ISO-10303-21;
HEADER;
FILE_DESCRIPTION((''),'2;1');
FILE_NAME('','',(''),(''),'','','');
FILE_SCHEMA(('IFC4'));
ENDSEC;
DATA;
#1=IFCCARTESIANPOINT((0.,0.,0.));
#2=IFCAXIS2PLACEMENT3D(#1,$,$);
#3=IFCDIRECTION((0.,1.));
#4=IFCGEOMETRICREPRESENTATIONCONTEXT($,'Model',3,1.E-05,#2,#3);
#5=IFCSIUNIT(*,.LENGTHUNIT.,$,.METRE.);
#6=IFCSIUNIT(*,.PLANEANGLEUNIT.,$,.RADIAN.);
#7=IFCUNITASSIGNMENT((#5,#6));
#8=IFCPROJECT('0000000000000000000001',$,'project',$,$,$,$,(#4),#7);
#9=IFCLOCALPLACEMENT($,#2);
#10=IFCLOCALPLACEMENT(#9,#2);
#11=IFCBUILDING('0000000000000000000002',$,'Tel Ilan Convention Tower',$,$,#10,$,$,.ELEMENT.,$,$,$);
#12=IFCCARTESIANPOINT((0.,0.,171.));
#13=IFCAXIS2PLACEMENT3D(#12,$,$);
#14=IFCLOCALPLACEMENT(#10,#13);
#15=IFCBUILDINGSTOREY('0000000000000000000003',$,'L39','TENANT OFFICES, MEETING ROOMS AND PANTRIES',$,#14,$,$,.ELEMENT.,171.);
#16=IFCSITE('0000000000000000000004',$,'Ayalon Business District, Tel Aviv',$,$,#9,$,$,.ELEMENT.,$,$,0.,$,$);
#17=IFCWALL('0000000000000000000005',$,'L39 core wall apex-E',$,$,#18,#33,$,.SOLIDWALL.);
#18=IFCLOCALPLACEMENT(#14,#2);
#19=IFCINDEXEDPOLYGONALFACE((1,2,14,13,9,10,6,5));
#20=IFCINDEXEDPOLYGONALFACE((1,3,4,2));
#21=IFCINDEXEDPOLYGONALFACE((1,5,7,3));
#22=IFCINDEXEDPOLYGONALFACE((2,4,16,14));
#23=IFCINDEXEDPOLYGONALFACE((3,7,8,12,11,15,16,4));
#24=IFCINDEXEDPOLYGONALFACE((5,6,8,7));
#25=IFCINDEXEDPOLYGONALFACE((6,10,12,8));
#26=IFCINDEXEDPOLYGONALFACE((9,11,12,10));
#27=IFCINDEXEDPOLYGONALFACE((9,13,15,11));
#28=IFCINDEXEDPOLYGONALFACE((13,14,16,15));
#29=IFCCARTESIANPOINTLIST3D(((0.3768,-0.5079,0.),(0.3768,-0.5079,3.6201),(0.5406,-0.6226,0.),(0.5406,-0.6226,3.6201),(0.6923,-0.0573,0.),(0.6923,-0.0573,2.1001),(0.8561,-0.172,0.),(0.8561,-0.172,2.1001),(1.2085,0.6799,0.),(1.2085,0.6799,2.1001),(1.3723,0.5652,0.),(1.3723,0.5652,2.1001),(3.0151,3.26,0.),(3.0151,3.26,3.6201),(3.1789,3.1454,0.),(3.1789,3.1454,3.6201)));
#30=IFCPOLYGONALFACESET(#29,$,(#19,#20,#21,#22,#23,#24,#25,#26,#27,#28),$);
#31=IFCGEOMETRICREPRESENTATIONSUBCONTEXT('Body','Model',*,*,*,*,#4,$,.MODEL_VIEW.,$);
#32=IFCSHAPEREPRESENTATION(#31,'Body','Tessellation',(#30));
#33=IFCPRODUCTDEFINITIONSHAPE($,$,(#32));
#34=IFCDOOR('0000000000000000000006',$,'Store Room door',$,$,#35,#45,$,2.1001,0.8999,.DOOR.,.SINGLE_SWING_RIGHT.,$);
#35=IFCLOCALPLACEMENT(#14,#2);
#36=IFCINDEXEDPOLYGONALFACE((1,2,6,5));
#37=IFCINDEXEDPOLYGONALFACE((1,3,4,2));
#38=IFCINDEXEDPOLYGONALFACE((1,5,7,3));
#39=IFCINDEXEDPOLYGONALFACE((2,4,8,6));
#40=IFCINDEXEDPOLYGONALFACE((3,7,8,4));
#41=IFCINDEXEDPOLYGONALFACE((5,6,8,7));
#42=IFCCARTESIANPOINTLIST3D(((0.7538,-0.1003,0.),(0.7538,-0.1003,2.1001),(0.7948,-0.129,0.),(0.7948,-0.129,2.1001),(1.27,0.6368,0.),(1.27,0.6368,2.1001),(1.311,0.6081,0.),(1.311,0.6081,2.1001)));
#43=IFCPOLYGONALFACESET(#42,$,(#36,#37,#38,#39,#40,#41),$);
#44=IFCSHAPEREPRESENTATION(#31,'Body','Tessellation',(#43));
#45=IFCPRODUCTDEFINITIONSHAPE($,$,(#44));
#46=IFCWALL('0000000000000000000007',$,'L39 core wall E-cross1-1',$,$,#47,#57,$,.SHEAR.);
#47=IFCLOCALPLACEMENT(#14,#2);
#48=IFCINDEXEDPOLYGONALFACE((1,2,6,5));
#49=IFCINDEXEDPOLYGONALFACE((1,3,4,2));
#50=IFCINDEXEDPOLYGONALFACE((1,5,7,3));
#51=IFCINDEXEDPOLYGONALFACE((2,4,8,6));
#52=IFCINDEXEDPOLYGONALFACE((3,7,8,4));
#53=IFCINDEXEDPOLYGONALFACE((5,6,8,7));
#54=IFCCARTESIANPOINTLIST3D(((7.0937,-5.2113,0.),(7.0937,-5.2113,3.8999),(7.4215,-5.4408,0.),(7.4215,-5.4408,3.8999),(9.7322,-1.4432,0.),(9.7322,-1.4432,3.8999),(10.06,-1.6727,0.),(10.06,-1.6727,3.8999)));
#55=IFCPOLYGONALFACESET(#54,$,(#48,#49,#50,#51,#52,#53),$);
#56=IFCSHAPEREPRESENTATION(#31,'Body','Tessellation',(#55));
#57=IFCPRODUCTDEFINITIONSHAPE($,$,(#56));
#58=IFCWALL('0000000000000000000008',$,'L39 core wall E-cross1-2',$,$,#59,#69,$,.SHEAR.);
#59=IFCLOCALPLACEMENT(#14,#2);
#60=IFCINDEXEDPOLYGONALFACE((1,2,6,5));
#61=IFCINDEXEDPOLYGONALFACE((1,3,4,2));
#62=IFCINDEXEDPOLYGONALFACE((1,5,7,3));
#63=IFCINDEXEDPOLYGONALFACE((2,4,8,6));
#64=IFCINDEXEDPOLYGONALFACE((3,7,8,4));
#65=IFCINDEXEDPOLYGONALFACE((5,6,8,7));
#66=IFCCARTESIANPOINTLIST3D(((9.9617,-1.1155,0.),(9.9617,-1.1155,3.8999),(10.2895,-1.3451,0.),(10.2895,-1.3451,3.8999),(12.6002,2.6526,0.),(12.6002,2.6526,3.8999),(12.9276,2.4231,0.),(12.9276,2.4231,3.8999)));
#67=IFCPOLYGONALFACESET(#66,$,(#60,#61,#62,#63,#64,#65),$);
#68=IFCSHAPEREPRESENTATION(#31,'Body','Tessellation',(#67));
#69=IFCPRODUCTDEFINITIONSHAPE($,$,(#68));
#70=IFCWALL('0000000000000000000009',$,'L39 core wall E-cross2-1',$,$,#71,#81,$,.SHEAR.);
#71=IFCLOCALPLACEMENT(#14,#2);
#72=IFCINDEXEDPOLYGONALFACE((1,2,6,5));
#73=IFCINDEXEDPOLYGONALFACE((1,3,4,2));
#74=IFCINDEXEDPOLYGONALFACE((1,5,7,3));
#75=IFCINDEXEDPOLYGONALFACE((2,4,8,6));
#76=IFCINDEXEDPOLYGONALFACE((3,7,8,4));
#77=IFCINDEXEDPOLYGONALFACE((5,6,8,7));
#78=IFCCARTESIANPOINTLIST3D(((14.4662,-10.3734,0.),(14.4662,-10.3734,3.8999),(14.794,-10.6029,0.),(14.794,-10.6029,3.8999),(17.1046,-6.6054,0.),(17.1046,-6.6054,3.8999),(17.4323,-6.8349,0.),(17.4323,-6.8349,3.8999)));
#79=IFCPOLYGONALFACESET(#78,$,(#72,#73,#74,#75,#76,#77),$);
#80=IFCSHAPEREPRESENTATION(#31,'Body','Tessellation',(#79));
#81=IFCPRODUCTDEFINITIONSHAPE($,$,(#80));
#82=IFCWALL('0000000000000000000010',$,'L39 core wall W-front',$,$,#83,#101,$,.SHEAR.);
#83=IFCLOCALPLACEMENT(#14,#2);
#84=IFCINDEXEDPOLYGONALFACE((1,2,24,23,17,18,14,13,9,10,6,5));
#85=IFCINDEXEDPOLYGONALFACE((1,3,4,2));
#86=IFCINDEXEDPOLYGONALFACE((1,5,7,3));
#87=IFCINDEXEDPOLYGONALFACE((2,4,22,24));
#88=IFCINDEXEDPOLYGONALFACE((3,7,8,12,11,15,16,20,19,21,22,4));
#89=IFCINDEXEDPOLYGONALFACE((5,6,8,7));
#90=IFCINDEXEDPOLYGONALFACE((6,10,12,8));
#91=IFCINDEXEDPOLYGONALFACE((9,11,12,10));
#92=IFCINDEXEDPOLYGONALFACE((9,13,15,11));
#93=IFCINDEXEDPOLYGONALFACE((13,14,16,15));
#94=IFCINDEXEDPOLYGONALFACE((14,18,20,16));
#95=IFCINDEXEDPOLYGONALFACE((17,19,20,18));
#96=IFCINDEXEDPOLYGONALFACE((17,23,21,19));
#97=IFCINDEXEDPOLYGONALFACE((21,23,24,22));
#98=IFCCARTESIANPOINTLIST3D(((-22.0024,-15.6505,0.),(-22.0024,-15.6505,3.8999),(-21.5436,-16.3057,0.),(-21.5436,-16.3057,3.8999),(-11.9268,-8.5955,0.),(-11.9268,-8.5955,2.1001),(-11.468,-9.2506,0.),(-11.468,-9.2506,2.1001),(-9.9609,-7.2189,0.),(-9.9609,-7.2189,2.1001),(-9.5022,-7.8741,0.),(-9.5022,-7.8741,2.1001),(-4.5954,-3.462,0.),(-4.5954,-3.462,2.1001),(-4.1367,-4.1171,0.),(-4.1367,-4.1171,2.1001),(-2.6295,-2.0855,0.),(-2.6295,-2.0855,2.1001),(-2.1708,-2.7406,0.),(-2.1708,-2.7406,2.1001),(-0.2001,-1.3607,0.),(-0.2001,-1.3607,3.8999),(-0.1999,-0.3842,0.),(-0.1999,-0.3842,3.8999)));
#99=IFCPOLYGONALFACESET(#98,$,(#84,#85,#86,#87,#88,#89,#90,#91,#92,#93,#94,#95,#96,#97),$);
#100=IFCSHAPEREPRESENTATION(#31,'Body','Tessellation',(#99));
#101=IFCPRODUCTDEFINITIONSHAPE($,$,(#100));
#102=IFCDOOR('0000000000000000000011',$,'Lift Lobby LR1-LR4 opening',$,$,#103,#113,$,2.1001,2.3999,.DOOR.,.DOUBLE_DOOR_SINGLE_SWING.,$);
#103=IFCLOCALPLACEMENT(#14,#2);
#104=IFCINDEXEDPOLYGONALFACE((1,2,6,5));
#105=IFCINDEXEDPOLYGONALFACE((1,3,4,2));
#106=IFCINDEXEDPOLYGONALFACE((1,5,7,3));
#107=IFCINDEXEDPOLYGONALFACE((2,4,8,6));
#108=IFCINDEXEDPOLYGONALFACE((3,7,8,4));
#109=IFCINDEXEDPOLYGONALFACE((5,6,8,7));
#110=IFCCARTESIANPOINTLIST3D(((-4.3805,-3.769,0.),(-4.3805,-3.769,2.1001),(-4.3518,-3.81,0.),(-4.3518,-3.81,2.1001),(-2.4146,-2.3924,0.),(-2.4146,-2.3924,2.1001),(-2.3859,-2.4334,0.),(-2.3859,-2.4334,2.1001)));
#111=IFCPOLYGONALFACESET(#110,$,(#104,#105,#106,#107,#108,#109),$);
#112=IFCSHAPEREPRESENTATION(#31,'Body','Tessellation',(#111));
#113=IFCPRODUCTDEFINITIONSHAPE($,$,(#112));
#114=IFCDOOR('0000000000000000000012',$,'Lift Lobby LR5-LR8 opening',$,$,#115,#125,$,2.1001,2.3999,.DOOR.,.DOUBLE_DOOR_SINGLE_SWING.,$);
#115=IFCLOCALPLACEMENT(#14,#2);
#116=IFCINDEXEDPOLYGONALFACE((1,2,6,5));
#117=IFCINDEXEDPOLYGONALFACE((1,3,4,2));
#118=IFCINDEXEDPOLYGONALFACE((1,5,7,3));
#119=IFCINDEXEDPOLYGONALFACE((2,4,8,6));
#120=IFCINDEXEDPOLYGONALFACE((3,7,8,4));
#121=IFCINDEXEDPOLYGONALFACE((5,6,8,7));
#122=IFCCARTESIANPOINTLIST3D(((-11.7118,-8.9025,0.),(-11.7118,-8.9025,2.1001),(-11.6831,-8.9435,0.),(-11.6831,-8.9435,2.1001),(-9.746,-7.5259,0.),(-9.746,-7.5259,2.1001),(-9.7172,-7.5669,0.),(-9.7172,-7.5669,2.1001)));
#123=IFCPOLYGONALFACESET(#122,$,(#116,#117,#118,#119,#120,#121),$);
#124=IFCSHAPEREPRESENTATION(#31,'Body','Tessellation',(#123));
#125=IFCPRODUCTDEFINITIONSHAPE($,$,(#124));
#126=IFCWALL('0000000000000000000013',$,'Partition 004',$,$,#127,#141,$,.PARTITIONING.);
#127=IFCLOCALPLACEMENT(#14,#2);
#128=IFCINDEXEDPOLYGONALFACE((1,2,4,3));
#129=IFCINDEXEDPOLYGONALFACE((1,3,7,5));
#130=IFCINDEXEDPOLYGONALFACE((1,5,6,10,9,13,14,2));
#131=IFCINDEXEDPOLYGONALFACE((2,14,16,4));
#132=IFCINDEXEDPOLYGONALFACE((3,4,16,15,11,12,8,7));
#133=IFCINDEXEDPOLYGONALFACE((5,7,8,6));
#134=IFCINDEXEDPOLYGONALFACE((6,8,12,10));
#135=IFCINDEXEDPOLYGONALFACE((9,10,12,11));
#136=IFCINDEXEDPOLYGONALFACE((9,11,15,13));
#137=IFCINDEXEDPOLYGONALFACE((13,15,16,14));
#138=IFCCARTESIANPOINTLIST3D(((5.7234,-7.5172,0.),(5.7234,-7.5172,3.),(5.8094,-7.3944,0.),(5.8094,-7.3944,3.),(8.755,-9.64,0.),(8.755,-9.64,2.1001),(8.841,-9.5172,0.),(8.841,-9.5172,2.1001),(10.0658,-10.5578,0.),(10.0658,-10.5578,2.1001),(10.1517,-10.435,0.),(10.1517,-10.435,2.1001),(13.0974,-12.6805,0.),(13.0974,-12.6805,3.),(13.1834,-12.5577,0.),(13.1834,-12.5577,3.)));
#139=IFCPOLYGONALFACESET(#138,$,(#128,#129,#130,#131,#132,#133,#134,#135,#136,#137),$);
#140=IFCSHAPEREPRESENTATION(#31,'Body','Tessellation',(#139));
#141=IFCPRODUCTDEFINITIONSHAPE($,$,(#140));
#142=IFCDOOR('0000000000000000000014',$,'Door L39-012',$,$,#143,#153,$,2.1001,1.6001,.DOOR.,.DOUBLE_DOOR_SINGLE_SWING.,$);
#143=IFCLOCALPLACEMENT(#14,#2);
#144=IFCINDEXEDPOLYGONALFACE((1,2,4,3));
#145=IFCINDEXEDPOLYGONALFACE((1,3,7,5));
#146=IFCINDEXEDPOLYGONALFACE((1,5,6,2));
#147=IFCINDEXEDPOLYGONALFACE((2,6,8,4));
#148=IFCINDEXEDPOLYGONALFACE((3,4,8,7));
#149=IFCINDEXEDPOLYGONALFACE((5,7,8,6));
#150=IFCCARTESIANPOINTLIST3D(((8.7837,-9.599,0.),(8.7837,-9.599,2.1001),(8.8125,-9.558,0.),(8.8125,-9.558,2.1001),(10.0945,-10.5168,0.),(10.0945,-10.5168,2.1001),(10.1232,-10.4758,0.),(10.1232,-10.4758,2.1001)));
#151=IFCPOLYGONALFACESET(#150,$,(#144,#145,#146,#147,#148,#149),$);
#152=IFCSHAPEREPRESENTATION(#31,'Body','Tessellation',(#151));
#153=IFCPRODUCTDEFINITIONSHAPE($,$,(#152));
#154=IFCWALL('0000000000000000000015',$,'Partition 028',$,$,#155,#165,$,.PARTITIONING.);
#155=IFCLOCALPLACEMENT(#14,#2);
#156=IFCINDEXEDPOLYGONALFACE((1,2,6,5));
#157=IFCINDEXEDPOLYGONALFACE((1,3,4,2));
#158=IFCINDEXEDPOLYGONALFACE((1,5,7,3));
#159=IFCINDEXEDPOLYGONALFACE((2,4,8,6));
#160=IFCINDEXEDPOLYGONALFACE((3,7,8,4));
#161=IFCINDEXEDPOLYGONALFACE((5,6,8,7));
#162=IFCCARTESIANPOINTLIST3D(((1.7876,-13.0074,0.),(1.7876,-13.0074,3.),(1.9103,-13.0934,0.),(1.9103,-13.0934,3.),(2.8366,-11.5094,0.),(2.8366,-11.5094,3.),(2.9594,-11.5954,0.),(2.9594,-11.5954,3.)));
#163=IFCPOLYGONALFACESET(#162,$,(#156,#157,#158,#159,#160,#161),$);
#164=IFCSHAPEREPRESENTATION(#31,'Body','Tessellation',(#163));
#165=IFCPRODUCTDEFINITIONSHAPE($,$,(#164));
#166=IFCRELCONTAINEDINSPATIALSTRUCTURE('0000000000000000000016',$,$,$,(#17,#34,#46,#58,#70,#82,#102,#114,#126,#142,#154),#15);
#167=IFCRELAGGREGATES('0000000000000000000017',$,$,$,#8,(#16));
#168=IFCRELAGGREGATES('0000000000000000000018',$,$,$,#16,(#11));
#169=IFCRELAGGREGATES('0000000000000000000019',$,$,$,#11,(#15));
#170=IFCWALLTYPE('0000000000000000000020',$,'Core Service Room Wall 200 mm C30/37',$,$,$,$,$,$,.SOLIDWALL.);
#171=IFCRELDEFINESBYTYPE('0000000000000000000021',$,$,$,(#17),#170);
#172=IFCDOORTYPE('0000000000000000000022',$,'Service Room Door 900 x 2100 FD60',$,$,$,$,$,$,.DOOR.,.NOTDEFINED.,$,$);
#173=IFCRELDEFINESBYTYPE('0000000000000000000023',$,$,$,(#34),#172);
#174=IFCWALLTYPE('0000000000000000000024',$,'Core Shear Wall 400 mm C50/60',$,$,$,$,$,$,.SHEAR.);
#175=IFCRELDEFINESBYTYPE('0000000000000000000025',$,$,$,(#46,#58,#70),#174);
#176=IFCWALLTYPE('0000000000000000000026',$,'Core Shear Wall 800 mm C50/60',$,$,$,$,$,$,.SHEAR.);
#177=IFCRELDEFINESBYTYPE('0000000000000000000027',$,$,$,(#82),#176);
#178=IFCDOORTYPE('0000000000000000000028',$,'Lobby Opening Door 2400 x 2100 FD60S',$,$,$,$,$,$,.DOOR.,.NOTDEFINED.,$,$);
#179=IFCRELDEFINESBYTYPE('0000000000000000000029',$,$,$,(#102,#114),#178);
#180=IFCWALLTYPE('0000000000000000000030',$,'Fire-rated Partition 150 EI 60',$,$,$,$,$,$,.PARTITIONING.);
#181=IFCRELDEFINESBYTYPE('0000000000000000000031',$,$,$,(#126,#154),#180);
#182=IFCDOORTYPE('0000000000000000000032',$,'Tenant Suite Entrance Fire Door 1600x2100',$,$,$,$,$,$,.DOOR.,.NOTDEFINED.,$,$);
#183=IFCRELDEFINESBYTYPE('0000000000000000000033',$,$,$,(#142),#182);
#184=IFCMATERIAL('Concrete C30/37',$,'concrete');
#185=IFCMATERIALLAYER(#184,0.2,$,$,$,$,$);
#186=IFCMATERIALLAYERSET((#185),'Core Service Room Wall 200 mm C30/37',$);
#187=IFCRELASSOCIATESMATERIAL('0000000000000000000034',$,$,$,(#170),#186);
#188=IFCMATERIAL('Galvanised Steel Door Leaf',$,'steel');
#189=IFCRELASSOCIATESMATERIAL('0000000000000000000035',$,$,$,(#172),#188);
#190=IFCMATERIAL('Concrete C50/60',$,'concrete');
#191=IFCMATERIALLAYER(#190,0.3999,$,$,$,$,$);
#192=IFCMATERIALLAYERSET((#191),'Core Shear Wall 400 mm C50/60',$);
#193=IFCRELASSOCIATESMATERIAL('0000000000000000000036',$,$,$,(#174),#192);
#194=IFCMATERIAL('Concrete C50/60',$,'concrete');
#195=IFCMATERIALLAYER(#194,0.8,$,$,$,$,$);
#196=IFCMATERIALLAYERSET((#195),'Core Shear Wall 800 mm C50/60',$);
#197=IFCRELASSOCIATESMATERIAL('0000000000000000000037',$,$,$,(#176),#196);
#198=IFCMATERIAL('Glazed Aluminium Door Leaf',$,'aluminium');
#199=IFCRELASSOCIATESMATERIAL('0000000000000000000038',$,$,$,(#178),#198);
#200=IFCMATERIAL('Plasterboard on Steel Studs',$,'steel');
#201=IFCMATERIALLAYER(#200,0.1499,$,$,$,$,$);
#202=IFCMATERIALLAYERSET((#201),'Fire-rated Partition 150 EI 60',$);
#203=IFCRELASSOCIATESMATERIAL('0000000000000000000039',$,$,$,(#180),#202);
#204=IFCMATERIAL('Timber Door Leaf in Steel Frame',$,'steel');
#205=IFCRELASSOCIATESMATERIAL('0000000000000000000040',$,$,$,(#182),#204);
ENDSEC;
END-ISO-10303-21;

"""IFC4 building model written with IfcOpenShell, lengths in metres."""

from ifc_helpers import new_model, si_unit, direction, frame, frame_2d, origin, place, context, subcontext, project, spatial, polyline, rectangle, outline, extrude, material, layer, layer_set, type_object, element, fill, save


model = new_model("IFC4")

# Units and contexts
model_context = context("Model", 3, precision=1e-05, world=origin(), true_north=direction((0.0, 1.0)))
body_context = subcontext(model_context, "Body", "Model", "MODEL_VIEW")
ifc_project = project(units=[si_unit("LENGTHUNIT", "METRE"), si_unit("PLANEANGLEUNIT", "RADIAN")], contexts=[model_context])

# Site, building, storey
site_placement = place(None, origin())
site = spatial("IfcSite", under=ifc_project, at=site_placement, Name="Ayalon Business District, Tel Aviv", CompositionType="ELEMENT", RefElevation=0.0)
building_placement = place(site_placement, origin())
building = spatial("IfcBuilding", under=site, at=building_placement, Name="Tel Ilan Convention Tower", CompositionType="ELEMENT")
storey_placement = place(building_placement, frame((0.0, 0.0, 171.0)))
storey = spatial("IfcBuildingStorey", under=building, at=storey_placement, Name="L39", Description="TENANT OFFICES, MEETING ROOMS AND PANTRIES", CompositionType="ELEMENT", Elevation=171.0)

# Wall, opening, door
ifc_material_1 = material(Name="Concrete C30/37", Category="concrete")
ifc_layer_1 = layer(ifc_material_1, 0.2)
ifc_layer_set_1 = layer_set([ifc_layer_1], Name="Core Service Room Wall 200 mm C30/37")
wall_type_1 = type_object("IfcWallType", Name="Core Service Room Wall 200 mm C30/37", PredefinedType="SOLIDWALL", material=ifc_layer_set_1)
wall_1_placement = place(storey_placement, frame((0.4587, -0.5652, 0.0), z_axis=(0.0, 0.0, 1.0), x_axis=(0.573576, 0.819152, 0.0)))
wall_1 = element("IfcWall", 1, at=wall_1_placement, inside=storey, type_object=wall_type_1, Name="L39 core wall apex-E", PredefinedType="SOLIDWALL", context=body_context, shape_type="SweptSolid", body=[
    extrude(rectangle(XDim=4.5999, YDim=0.2, at=frame_2d((2.2998, 0.0))), origin(), (0.0, 0.0, 1.0), 3.6201),
])
opening_1_placement = place(wall_1_placement, frame((0.55, 0.0, 0.0)))
opening_1 = element("IfcOpeningElement", 2, at=opening_1_placement, cuts=wall_1, PredefinedType="OPENING", context=body_context, shape_type="SweptSolid", body=[
    extrude(rectangle(XDim=0.8999, YDim=2.1001, at=frame_2d((0.45, 1.05))), frame((0.0, 0.1099, 0.0), z_axis=(0.0, -1.0, 0.0), x_axis=(1.0, 0.0, 0.0)), (0.0, 0.0, 1.0), 0.22),
])
ifc_material_2 = material(Name="Galvanised Steel Door Leaf", Category="steel")
door_type_1 = type_object("IfcDoorType", Name="Service Room Door 900 x 2100 FD60", OperationType="NOTDEFINED", PredefinedType="DOOR", material=ifc_material_2)
door_1_placement = place(opening_1_placement, origin())
door_1 = element("IfcDoor", 3, at=door_1_placement, inside=storey, type_object=door_type_1, Name="Store Room door", OperationType="SINGLE_SWING_RIGHT", OverallHeight=2.1001, OverallWidth=0.8999, PredefinedType="DOOR", context=body_context, shape_type="SweptSolid", body=[
    extrude(rectangle(XDim=0.8999, YDim=2.1001, at=frame_2d((0.45, 1.05))), frame((0.0, 0.0249, 0.0), z_axis=(0.0, -1.0, 0.0), x_axis=(1.0, 0.0, 0.0)), (0.0, 0.0, 1.0), 0.05),
])
fill(opening_1, door_1)

# Walls
ifc_material_3 = material(Name="Concrete C50/60", Category="concrete")
ifc_layer_2 = layer(ifc_material_3, 0.3999)
ifc_layer_set_2 = layer_set([ifc_layer_2], Name="Core Shear Wall 400 mm C50/60")
wall_type_2 = type_object("IfcWallType", Name="Core Shear Wall 400 mm C50/60", PredefinedType="SHEAR", material=ifc_layer_set_2)
wall_2_placement = place(storey_placement, frame((7.2578, -5.3259, 0.0), z_axis=(0.0, 0.0, 1.0), x_axis=(0.573541, 0.819177, 0.0)))
element("IfcWall", 4, at=wall_2_placement, inside=storey, type_object=wall_type_2, Name="L39 core wall E-cross1-1", PredefinedType="SHEAR", context=body_context, shape_type="SweptSolid", body=[
    extrude(outline(polyline([(-0.0002, 0.2002), (-0.0002, -0.2), (4.5999, -0.2002), (4.5999, 0.2), (-0.0002, 0.2002)])), origin(), (0.0, 0.0, 1.0), 3.8999),
])
wall_3_placement = place(storey_placement, frame((10.1255, -1.2302, 0.0), z_axis=(0.0, 0.0, 1.0), x_axis=(0.573576, 0.819152, 0.0)))
element("IfcWall", 5, at=wall_3_placement, inside=storey, type_object=wall_type_2, Name="L39 core wall E-cross1-2", PredefinedType="SHEAR", context=body_context, shape_type="SweptSolid", body=[
    extrude(outline(polyline([(4.5999, -0.2), (4.6001, 0.2), (0.0, 0.2), (0.0, -0.2002), (4.5999, -0.2)])), origin(), (0.0, 0.0, 1.0), 3.8999),
])
wall_4_placement = place(storey_placement, frame((14.6299, -10.4883, 0.0), z_axis=(0.0, 0.0, 1.0), x_axis=(0.573612, 0.819127, 0.0)))
element("IfcWall", 6, at=wall_4_placement, inside=storey, type_object=wall_type_2, Name="L39 core wall E-cross2-1", PredefinedType="SHEAR", context=body_context, shape_type="SweptSolid", body=[
    extrude(outline(polyline([(0.0002, 0.2), (0.0002, -0.2002), (4.6001, -0.2), (4.6001, 0.2002), (0.0002, 0.2)])), origin(), (0.0, 0.0, 1.0), 3.8999),
])

# Wall, openings, doors
ifc_material_4 = material(Name="Concrete C50/60", Category="concrete")
ifc_layer_3 = layer(ifc_material_4, 0.8)
ifc_layer_set_3 = layer_set([ifc_layer_3], Name="Core Shear Wall 800 mm C50/60")
wall_type_3 = type_object("IfcWallType", Name="Core Shear Wall 800 mm C50/60", PredefinedType="SHEAR", material=ifc_layer_set_3)
wall_5_placement = place(storey_placement, frame((0.0293, -0.7119, 0.0), z_axis=(0.0, 0.0, 1.0), x_axis=(-0.819152, -0.573577, 0.0)))
wall_5 = element("IfcWall", 7, at=wall_5_placement, inside=storey, type_object=wall_type_3, Name="L39 core wall W-front", PredefinedType="SHEAR", context=body_context, shape_type="SweptSolid", body=[
    extrude(outline(polyline([(26.6157, 0.3999), (0.5601, 0.3999), (-0.0002, -0.3999), (26.6157, -0.3999), (26.6157, 0.3999)])), origin(), (0.0, 0.0, 1.0), 3.8999),
])
opening_2_placement = place(wall_5_placement, frame((2.9658, 0.0, 0.0)))
opening_2 = element("IfcOpeningElement", 8, at=opening_2_placement, cuts=wall_5, PredefinedType="OPENING", context=body_context, shape_type="SweptSolid", body=[
    extrude(rectangle(XDim=2.3999, YDim=2.1001, at=frame_2d((1.2, 1.05))), frame((0.0, 0.4099, 0.0), z_axis=(0.0, -1.0, 0.0), x_axis=(1.0, 0.0, 0.0)), (0.0, 0.0, 1.0), 0.8201),
])
opening_3_placement = place(wall_5_placement, frame((11.9158, 0.0, 0.0)))
opening_3 = element("IfcOpeningElement", 9, at=opening_3_placement, cuts=wall_5, PredefinedType="OPENING", context=body_context, shape_type="SweptSolid", body=[
    extrude(rectangle(XDim=2.3999, YDim=2.1001, at=frame_2d((1.2, 1.05))), frame((0.0, 0.4099, 0.0), z_axis=(0.0, -1.0, 0.0), x_axis=(1.0, 0.0, 0.0)), (0.0, 0.0, 1.0), 0.8201),
])
ifc_material_5 = material(Name="Glazed Aluminium Door Leaf", Category="aluminium")
door_type_2 = type_object("IfcDoorType", Name="Lobby Opening Door 2400 x 2100 FD60S", OperationType="NOTDEFINED", PredefinedType="DOOR", material=ifc_material_5)
door_2_placement = place(opening_2_placement, origin())
door_2 = element("IfcDoor", 10, at=door_2_placement, inside=storey, type_object=door_type_2, Name="Lift Lobby LR1-LR4 opening", OperationType="DOUBLE_DOOR_SINGLE_SWING", OverallHeight=2.1001, OverallWidth=2.3999, PredefinedType="DOOR", context=body_context, shape_type="SweptSolid", body=[
    extrude(rectangle(XDim=2.3999, YDim=2.1001, at=frame_2d((1.2, 1.05))), frame((0.0, 0.0249, 0.0), z_axis=(0.0, -1.0, 0.0), x_axis=(1.0, 0.0, 0.0)), (0.0, 0.0, 1.0), 0.05),
])
fill(opening_2, door_2)
door_3_placement = place(opening_3_placement, origin())
door_3 = element("IfcDoor", 11, at=door_3_placement, inside=storey, type_object=door_type_2, Name="Lift Lobby LR5-LR8 opening", OperationType="DOUBLE_DOOR_SINGLE_SWING", OverallHeight=2.1001, OverallWidth=2.3999, PredefinedType="DOOR", context=body_context, shape_type="SweptSolid", body=[
    extrude(rectangle(XDim=2.3999, YDim=2.1001, at=frame_2d((1.2, 1.05))), frame((0.0, 0.0249, 0.0), z_axis=(0.0, -1.0, 0.0), x_axis=(1.0, 0.0, 0.0)), (0.0, 0.0, 1.0), 0.05),
])
fill(opening_3, door_3)

# Wall, opening, door
ifc_material_6 = material(Name="Plasterboard on Steel Studs", Category="steel")
ifc_layer_4 = layer(ifc_material_6, 0.1499)
ifc_layer_set_4 = layer_set([ifc_layer_4], Name="Fire-rated Partition 150 EI 60")
wall_type_4 = type_object("IfcWallType", Name="Fire-rated Partition 150 EI 60", PredefinedType="PARTITIONING", material=ifc_layer_set_4)
wall_6_placement = place(storey_placement, frame((13.1404, -12.6191, 0.0), z_axis=(0.0, 0.0, 1.0), x_axis=(-0.819153, 0.573575, 0.0)))
wall_6 = element("IfcWall", 12, at=wall_6_placement, inside=storey, type_object=wall_type_4, Name="Partition 004", PredefinedType="PARTITIONING", context=body_context, shape_type="SweptSolid", body=[
    extrude(rectangle(XDim=9.002, YDim=0.1499, at=frame_2d((4.501, 0.0))), origin(), (0.0, 0.0, 1.0), 3.0),
])
opening_4_placement = place(wall_6_placement, frame((3.7009, 0.0, 0.0)))
opening_4 = element("IfcOpeningElement", 13, at=opening_4_placement, cuts=wall_6, PredefinedType="OPENING", context=body_context, shape_type="SweptSolid", body=[
    extrude(rectangle(XDim=1.6001, YDim=2.1001, at=frame_2d((0.8, 1.05))), frame((0.0, 0.085, 0.0), z_axis=(0.0, -1.0, 0.0), x_axis=(1.0, 0.0, 0.0)), (0.0, 0.0, 1.0), 0.1699),
])
ifc_material_7 = material(Name="Timber Door Leaf in Steel Frame", Category="steel")
door_type_3 = type_object("IfcDoorType", Name="Tenant Suite Entrance Fire Door 1600x2100", OperationType="NOTDEFINED", PredefinedType="DOOR", material=ifc_material_7)
door_4_placement = place(opening_4_placement, origin())
door_4 = element("IfcDoor", 14, at=door_4_placement, inside=storey, type_object=door_type_3, Name="Door L39-012", OperationType="DOUBLE_DOOR_SINGLE_SWING", OverallHeight=2.1001, OverallWidth=1.6001, PredefinedType="DOOR", context=body_context, shape_type="SweptSolid", body=[
    extrude(rectangle(XDim=1.6001, YDim=2.1001, at=frame_2d((0.8, 1.05))), frame((0.0, 0.0249, 0.0), z_axis=(0.0, -1.0, 0.0), x_axis=(1.0, 0.0, 0.0)), (0.0, 0.0, 1.0), 0.05),
])
fill(opening_4, door_4)

# Wall
wall_7_placement = place(storey_placement, frame((1.8489, -13.0505, 0.0), z_axis=(0.0, 0.0, 1.0), x_axis=(0.573624, 0.819119, 0.0)))
element("IfcWall", 15, at=wall_7_placement, inside=storey, type_object=wall_type_4, Name="Partition 028", PredefinedType="PARTITIONING", context=body_context, shape_type="SweptSolid", body=[
    extrude(rectangle(XDim=1.8289, YDim=0.1499, at=frame_2d((0.9146, 0.0))), origin(), (0.0, 0.0, 1.0), 3.0),
])

save(model, "model.ifc")
